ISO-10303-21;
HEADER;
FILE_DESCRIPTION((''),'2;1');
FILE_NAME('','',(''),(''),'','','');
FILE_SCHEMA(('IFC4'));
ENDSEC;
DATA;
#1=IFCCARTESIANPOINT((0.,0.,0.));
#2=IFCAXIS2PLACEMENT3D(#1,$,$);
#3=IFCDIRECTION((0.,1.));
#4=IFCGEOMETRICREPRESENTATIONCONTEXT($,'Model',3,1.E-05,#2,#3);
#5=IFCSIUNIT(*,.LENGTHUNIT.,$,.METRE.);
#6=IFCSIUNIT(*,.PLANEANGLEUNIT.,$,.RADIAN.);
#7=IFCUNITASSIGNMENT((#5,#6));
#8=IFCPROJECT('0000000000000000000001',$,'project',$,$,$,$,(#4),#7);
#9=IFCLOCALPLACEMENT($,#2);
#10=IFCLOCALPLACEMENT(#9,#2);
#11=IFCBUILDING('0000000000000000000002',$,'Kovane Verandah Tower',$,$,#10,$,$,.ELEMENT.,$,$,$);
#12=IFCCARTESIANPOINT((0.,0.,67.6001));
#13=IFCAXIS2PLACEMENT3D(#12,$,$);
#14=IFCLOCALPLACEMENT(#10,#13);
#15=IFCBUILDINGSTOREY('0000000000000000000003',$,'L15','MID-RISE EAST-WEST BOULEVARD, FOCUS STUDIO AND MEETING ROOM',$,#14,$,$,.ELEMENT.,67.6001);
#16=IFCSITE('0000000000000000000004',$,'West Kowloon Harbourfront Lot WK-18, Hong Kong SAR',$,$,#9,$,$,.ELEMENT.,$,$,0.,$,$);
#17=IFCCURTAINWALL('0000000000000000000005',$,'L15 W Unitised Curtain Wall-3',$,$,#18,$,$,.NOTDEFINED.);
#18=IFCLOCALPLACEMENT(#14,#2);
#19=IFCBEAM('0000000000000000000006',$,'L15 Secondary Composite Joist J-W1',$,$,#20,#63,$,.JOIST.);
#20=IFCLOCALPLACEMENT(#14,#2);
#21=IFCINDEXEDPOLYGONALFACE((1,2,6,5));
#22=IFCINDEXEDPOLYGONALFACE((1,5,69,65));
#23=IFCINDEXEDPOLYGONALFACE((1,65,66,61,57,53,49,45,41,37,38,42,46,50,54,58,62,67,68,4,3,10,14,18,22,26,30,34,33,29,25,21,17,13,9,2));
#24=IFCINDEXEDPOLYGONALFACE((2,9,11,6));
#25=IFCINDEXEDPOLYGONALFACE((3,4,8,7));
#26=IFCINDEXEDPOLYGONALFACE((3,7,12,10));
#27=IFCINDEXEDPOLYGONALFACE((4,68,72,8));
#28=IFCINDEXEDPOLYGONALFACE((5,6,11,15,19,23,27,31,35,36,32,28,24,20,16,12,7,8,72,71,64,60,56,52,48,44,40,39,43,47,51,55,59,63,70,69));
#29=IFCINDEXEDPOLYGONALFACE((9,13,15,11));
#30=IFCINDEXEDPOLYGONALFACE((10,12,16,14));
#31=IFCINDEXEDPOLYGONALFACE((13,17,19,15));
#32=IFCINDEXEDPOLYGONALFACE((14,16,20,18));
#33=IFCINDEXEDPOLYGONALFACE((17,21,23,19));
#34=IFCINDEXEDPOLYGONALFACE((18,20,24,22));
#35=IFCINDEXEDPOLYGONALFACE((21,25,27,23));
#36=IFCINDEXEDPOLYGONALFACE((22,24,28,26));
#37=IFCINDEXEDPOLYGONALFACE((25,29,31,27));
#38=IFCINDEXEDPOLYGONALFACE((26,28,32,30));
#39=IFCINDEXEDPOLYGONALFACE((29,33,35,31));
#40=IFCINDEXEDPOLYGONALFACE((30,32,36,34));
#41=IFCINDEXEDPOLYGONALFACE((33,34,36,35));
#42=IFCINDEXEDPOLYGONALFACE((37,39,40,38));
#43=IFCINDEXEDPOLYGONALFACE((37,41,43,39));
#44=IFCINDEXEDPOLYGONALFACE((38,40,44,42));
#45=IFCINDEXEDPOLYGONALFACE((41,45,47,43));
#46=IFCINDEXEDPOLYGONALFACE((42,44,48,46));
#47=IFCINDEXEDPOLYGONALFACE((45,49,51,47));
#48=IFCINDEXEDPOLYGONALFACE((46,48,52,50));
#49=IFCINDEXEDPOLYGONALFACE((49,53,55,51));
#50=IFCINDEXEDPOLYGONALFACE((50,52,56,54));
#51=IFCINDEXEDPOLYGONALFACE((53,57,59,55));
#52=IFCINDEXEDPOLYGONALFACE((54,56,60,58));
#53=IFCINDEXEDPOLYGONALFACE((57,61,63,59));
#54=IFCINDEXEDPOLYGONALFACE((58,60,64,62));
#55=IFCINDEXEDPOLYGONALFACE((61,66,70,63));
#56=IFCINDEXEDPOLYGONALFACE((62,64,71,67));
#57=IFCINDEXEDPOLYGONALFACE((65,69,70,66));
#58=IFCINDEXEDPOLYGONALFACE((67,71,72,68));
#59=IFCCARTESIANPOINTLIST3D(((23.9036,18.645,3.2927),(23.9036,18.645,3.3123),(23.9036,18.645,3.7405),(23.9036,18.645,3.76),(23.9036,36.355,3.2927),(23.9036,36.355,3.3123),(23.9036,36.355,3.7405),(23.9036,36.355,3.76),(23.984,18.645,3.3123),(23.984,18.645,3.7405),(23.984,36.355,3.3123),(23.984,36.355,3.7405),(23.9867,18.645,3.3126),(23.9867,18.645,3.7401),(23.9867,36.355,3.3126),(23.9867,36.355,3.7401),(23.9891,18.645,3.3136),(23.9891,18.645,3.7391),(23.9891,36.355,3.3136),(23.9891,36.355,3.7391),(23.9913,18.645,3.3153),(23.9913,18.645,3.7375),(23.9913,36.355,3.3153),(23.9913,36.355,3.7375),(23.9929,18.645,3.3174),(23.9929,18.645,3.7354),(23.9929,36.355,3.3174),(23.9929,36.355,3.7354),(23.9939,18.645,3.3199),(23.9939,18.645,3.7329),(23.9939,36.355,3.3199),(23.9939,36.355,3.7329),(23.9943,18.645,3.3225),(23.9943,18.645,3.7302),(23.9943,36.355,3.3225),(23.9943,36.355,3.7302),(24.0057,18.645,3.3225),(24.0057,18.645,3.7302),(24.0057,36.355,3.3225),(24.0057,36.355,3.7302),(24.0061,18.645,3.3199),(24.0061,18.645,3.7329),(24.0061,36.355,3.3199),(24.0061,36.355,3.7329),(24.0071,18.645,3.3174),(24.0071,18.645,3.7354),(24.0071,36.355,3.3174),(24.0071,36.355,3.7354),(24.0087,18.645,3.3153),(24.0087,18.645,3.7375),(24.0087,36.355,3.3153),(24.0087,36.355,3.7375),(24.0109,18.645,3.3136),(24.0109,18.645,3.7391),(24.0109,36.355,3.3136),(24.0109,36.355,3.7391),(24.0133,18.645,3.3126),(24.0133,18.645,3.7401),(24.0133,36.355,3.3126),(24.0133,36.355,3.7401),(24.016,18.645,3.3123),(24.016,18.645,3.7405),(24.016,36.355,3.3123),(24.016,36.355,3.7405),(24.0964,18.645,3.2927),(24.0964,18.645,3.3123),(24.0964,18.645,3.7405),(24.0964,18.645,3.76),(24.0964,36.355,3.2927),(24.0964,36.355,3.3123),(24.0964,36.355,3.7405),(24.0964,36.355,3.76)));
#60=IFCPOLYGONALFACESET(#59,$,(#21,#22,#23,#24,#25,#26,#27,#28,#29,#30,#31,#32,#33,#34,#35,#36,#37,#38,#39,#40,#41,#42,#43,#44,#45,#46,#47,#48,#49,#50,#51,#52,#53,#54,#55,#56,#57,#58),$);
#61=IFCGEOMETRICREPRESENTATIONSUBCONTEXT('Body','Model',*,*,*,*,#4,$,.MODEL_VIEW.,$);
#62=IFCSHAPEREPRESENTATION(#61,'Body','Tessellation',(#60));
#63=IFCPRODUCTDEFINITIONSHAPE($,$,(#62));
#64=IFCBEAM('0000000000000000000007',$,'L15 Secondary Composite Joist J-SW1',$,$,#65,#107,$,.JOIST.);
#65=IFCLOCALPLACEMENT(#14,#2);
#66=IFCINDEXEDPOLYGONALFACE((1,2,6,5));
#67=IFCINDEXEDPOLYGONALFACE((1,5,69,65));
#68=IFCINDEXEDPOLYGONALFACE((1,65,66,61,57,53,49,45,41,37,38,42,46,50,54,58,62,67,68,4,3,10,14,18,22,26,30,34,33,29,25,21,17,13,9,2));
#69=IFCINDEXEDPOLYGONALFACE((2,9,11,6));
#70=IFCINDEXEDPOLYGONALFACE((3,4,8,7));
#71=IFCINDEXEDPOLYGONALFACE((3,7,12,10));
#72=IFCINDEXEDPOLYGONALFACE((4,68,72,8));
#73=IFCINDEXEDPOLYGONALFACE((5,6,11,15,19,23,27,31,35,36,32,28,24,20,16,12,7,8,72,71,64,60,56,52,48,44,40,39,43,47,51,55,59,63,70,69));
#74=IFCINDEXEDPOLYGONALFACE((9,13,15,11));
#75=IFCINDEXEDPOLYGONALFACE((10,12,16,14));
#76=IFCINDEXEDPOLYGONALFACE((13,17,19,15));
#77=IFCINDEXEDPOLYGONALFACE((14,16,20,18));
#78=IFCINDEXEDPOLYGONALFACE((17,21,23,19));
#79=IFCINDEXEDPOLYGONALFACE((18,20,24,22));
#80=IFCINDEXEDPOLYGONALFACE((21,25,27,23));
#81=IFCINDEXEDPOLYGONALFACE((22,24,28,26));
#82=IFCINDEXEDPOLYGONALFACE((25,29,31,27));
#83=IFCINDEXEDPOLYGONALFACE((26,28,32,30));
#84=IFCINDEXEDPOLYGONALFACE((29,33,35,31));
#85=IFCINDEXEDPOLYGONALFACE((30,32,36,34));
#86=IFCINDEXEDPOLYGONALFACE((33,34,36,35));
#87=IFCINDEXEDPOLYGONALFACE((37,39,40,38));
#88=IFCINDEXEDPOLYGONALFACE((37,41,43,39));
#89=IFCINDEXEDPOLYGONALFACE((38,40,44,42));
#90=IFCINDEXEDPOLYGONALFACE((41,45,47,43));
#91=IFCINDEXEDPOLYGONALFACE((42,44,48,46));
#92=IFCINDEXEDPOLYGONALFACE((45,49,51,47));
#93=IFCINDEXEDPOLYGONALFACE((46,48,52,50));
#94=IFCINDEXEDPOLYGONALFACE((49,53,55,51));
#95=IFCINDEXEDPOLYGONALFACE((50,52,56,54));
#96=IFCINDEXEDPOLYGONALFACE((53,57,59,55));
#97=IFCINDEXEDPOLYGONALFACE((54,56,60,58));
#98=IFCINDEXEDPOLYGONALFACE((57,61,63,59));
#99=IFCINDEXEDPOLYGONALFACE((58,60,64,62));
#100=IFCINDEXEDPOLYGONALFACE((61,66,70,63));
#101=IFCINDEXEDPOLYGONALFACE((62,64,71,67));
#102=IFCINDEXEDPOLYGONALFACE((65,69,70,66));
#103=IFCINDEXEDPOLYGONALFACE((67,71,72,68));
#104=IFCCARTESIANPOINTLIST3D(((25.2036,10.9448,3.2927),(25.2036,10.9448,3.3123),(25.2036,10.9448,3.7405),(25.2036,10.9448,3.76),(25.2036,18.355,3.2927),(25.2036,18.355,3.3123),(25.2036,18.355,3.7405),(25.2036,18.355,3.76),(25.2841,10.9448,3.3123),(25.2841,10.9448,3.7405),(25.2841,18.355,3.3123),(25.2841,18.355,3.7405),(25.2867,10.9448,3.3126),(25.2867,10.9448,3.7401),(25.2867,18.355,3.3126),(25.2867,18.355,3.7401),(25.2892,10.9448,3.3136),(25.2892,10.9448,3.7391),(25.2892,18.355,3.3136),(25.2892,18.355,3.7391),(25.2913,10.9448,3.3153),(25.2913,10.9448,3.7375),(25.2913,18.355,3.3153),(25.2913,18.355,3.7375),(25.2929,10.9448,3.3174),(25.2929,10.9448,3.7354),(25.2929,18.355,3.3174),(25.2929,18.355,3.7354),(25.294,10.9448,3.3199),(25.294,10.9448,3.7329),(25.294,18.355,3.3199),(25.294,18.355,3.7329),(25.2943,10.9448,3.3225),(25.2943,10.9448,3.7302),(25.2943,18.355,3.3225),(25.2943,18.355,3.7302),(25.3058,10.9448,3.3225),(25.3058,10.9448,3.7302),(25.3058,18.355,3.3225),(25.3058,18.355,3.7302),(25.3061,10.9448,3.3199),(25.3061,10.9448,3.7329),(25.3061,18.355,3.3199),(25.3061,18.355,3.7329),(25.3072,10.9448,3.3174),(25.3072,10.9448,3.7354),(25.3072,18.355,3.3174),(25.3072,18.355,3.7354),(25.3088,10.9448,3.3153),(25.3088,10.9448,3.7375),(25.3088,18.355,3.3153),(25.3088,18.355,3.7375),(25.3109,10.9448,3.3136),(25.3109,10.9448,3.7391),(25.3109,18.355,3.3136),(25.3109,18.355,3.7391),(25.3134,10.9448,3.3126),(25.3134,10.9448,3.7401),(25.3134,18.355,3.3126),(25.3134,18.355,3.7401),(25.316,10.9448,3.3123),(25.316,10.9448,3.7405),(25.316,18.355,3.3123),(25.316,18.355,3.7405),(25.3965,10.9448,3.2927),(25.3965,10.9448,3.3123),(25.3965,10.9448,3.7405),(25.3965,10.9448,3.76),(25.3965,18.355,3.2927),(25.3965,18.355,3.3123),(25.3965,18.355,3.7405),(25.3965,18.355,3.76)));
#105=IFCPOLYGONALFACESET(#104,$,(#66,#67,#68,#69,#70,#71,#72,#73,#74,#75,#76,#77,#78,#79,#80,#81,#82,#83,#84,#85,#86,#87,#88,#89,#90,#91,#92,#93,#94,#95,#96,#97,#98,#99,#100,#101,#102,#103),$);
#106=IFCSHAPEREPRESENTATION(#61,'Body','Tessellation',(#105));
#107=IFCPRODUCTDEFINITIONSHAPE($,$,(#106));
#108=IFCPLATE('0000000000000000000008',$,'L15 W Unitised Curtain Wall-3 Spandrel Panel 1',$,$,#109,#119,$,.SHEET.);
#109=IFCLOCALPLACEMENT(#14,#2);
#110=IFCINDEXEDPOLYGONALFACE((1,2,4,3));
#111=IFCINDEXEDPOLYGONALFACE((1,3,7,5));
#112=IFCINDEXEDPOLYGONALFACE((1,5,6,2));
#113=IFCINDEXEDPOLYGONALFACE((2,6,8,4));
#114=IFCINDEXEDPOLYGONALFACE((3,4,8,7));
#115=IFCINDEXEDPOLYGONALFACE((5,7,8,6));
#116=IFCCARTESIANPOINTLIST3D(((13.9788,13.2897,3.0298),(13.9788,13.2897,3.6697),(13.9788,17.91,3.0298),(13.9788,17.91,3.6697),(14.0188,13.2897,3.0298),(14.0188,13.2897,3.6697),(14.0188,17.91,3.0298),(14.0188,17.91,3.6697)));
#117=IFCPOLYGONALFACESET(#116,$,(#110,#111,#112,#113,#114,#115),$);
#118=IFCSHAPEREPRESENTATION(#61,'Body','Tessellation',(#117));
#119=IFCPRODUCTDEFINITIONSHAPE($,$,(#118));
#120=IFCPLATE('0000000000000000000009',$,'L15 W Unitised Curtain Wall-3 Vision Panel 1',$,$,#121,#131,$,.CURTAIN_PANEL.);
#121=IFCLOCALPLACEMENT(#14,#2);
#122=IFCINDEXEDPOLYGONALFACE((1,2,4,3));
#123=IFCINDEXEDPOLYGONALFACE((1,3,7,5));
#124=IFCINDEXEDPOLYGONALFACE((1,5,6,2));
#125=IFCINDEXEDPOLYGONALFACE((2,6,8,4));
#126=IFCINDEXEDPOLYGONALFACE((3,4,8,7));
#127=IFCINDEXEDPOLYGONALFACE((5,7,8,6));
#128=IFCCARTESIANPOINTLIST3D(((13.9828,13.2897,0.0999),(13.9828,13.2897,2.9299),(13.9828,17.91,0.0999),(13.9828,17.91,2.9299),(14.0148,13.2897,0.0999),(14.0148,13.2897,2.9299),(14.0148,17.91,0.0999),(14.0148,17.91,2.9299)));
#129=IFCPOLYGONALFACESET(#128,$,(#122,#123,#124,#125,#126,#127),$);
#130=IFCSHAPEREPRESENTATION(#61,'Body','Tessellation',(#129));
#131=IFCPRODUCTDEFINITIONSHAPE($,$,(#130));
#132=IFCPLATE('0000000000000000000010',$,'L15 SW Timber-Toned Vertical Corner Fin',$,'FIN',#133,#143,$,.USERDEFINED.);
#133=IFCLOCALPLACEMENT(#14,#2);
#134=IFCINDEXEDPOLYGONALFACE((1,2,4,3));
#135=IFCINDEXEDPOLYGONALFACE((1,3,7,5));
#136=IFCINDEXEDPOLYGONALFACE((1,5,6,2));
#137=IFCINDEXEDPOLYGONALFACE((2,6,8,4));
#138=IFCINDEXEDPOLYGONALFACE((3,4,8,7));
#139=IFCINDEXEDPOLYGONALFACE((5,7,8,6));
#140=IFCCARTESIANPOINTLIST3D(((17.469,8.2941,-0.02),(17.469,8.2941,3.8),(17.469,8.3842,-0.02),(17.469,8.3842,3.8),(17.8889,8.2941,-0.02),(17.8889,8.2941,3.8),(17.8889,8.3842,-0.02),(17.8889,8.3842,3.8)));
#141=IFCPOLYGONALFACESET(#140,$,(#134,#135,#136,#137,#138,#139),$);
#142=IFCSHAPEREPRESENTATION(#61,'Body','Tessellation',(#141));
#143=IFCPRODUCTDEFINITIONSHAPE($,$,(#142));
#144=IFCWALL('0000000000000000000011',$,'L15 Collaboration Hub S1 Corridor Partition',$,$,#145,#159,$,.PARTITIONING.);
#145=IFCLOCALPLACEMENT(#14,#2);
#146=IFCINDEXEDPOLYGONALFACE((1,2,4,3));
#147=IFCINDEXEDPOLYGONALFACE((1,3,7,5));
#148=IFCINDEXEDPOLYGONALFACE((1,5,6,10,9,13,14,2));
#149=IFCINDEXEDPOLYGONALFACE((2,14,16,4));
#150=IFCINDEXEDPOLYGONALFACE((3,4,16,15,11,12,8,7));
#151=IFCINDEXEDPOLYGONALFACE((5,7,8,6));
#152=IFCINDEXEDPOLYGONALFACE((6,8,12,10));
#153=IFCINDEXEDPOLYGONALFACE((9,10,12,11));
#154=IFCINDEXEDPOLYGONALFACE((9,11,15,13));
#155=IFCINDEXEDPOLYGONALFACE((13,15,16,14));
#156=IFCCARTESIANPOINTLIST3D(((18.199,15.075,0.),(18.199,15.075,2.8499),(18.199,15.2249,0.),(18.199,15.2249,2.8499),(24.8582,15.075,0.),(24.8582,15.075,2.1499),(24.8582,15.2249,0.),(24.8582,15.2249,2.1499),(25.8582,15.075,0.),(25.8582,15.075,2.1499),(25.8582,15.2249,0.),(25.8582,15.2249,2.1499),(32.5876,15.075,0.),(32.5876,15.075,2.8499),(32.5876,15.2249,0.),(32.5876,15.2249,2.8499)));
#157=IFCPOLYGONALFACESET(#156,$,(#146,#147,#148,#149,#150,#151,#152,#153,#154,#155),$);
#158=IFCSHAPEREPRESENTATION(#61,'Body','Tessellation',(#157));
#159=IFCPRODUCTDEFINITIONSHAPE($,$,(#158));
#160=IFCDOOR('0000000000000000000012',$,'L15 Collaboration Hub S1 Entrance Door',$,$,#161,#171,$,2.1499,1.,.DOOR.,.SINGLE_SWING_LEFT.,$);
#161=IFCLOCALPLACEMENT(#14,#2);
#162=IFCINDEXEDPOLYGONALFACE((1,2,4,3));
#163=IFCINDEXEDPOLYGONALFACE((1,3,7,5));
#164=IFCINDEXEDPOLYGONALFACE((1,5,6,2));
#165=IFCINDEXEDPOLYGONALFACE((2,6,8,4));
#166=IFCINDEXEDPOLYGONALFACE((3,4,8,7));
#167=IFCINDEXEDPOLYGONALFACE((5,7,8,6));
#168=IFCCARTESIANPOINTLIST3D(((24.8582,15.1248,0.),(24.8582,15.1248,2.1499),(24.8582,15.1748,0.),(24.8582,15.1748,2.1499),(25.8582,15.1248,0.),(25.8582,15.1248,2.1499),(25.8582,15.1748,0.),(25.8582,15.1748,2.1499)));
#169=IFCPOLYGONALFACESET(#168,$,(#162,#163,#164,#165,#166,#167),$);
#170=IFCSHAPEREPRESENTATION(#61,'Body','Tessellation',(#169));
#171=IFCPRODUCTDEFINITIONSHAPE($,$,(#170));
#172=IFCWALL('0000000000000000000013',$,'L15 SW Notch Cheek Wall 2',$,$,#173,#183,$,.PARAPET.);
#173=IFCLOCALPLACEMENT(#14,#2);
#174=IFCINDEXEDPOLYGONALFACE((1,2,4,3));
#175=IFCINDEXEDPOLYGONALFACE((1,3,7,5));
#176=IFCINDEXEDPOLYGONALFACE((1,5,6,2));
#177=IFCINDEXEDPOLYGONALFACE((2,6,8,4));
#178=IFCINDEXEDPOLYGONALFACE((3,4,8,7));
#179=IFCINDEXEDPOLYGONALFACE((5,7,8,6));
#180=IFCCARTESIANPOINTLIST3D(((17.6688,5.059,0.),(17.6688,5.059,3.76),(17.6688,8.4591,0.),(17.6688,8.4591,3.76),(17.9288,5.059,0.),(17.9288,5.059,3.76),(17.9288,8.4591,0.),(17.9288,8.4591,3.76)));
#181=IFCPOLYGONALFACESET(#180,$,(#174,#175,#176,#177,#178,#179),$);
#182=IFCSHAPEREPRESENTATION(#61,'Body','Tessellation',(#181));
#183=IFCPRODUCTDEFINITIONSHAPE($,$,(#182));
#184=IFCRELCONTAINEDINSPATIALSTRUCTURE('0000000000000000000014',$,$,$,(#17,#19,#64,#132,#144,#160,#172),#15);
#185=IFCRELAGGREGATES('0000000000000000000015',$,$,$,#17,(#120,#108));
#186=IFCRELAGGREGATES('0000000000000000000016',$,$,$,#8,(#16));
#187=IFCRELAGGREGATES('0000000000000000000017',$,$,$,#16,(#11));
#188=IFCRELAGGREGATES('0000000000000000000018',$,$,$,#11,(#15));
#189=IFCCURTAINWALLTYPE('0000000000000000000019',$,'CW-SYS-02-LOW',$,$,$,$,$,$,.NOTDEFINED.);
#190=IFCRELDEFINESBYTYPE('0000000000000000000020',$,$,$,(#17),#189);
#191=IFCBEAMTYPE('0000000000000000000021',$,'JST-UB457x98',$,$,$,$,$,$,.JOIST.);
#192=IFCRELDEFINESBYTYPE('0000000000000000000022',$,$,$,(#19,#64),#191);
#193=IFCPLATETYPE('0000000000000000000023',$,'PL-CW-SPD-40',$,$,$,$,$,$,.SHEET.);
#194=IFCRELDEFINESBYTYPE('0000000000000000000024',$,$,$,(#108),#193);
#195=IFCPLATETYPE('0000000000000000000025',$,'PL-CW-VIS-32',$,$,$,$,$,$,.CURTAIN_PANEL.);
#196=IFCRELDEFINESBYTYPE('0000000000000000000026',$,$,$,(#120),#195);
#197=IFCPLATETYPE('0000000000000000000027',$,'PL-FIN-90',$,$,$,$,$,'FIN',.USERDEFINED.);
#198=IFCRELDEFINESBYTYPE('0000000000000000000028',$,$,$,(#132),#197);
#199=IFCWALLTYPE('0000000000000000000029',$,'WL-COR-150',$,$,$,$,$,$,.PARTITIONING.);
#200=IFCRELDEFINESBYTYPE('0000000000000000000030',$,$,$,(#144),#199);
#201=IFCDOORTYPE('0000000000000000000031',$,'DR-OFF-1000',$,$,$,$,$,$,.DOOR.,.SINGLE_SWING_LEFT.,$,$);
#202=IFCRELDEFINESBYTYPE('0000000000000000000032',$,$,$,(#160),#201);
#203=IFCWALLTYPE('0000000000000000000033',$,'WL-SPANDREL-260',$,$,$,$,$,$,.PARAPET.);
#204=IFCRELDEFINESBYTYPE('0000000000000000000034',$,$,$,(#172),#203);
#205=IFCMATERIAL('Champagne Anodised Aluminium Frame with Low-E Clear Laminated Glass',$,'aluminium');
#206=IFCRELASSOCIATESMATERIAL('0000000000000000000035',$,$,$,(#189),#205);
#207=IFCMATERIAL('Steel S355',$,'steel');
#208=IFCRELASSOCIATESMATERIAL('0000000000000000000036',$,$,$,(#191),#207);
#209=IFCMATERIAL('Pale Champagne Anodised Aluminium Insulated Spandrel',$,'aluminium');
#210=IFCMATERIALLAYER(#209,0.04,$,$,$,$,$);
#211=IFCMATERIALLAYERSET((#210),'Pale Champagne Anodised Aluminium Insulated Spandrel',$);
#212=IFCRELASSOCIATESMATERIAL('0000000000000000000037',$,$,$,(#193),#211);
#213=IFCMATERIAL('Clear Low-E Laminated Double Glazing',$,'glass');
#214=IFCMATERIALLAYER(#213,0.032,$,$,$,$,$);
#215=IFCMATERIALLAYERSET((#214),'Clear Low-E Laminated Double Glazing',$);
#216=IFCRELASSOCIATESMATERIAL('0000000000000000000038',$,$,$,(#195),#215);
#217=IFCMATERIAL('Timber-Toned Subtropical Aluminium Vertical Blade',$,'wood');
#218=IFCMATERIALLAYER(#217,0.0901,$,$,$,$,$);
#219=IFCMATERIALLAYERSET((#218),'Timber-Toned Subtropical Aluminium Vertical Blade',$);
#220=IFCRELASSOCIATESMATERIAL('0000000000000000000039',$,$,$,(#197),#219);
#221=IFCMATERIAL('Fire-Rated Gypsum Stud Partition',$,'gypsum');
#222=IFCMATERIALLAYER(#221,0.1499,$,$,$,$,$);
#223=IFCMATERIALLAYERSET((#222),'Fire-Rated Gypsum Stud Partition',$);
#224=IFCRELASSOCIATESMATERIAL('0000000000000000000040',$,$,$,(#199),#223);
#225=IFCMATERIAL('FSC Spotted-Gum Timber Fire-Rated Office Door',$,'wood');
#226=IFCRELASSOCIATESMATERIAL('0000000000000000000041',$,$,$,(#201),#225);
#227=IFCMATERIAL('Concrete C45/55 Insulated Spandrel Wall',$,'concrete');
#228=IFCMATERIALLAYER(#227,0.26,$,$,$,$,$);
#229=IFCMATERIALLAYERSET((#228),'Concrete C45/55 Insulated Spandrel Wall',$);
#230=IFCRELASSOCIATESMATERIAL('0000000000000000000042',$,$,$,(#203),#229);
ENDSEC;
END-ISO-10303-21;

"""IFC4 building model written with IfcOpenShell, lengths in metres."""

from ifc_helpers import new_model, si_unit, direction, frame, frame_2d, origin, origin_2d, place, context, subcontext, project, spatial, rectangle, i_section, extrude, material, layer, layer_set, material_profile, profile_set, type_object, element, fill, aggregate, save


model = new_model("IFC4")

# Units and contexts
model_context = context("Model", 3, precision=1e-05, world=origin(), true_north=direction((0.0, 1.0)))
body_context = subcontext(model_context, "Body", "Model", "MODEL_VIEW")
ifc_project = project(units=[si_unit("LENGTHUNIT", "METRE"), si_unit("PLANEANGLEUNIT", "RADIAN")], contexts=[model_context])

# Site, building, storey
site_placement = place(None, origin())
site = spatial("IfcSite", under=ifc_project, at=site_placement, Name="West Kowloon Harbourfront Lot WK-18, Hong Kong SAR", CompositionType="ELEMENT", RefElevation=0.0)
building_placement = place(site_placement, origin())
building = spatial("IfcBuilding", under=site, at=building_placement, Name="Kovane Verandah Tower", CompositionType="ELEMENT")
storey_placement = place(building_placement, frame((0.0, 0.0, 67.6001)))
storey = spatial("IfcBuildingStorey", under=building, at=storey_placement, Name="L15", Description="MID-RISE EAST-WEST BOULEVARD, FOCUS STUDIO AND MEETING ROOM", CompositionType="ELEMENT", Elevation=67.6001)

# Shared definitions
ifc_material_1 = material(Name="Steel S355", Category="steel")

# Shared definitions
ifc_material_2 = material(Name="Champagne Anodised Aluminium Frame with Low-E Clear Laminated Glass", Category="aluminium")
curtain_wall_type = type_object("IfcCurtainWallType", Name="CW-SYS-02-LOW", PredefinedType="NOTDEFINED", material=ifc_material_2)

# Curtain wall
curtain_wall_1_placement = place(storey_placement, origin())
curtain_wall_1 = element("IfcCurtainWall", 1, at=curtain_wall_1_placement, inside=storey, type_object=curtain_wall_type, Name="L15 W Unitised Curtain Wall-3", PredefinedType="NOTDEFINED")

# Beams
ifc_material_profile_1 = material_profile(ifc_material_1, i_section(OverallWidth=0.1929, OverallDepth=0.4673, WebThickness=0.0115, FlangeThickness=0.0195, FilletRadius=0.0103, at=origin_2d()), Name="UB457x191x98")
ifc_profile_set_1 = profile_set([ifc_material_profile_1], Name="Steel S355")
beam_type_1 = type_object("IfcBeamType", Name="JST-UB457x98", PredefinedType="JOIST", material=ifc_profile_set_1)
beam_1_placement = place(storey_placement, frame((24.0, 18.645, 3.5264), z_axis=(0.0, 1.0, 0.0), x_axis=(-1.0, 0.0, 0.0)))
element("IfcBeam", 2, at=beam_1_placement, inside=storey, type_object=beam_type_1, Name="L15 Secondary Composite Joist J-W1", PredefinedType="JOIST", context=body_context, shape_type="SweptSolid", body=[
    extrude(i_section(OverallWidth=0.1929, OverallDepth=0.4673, WebThickness=0.0115, FlangeThickness=0.0195, FilletRadius=0.0103, at=origin_2d()), origin(), (0.0, 0.0, 1.0), 17.71),
])
beam_2_placement = place(storey_placement, frame((25.3, 10.9448, 3.5264), z_axis=(0.0, 1.0, 0.0), x_axis=(-1.0, 0.0, 0.0)))
element("IfcBeam", 3, at=beam_2_placement, inside=storey, type_object=beam_type_1, Name="L15 Secondary Composite Joist J-SW1", PredefinedType="JOIST", context=body_context, shape_type="SweptSolid", body=[
    extrude(i_section(OverallWidth=0.1929, OverallDepth=0.4673, WebThickness=0.0115, FlangeThickness=0.0195, FilletRadius=0.0103, at=origin_2d()), origin(), (0.0, 0.0, 1.0), 7.4102),
])

# Plates
ifc_material_3 = material(Name="Pale Champagne Anodised Aluminium Insulated Spandrel", Category="aluminium")
ifc_layer_1 = layer(ifc_material_3, 0.04)
ifc_layer_set_1 = layer_set([ifc_layer_1], Name="Pale Champagne Anodised Aluminium Insulated Spandrel")
plate_type_1 = type_object("IfcPlateType", Name="PL-CW-SPD-40", PredefinedType="SHEET", material=ifc_layer_set_1)
plate_1_placement = place(storey_placement, frame((13.9988, 15.5999, 3.0298), z_axis=(0.0, 0.0, 1.0), x_axis=(0.0, -1.0, 0.0)))
plate_1 = element("IfcPlate", 4, at=plate_1_placement, type_object=plate_type_1, Name="L15 W Unitised Curtain Wall-3 Spandrel Panel 1", PredefinedType="SHEET", context=body_context, shape_type="SweptSolid", body=[
    extrude(rectangle(XDim=4.6204, YDim=0.04, at=origin_2d()), origin(), (0.0, 0.0, 1.0), 0.6399),
])
ifc_material_4 = material(Name="Clear Low-E Laminated Double Glazing", Category="glass")
ifc_layer_2 = layer(ifc_material_4, 0.032)
ifc_layer_set_2 = layer_set([ifc_layer_2], Name="Clear Low-E Laminated Double Glazing")
plate_type_2 = type_object("IfcPlateType", Name="PL-CW-VIS-32", PredefinedType="CURTAIN_PANEL", material=ifc_layer_set_2)
plate_2_placement = place(storey_placement, frame((13.9988, 15.5999, 0.0999), z_axis=(0.0, 0.0, 1.0), x_axis=(0.0, -1.0, 0.0)))
plate_2 = element("IfcPlate", 5, at=plate_2_placement, type_object=plate_type_2, Name="L15 W Unitised Curtain Wall-3 Vision Panel 1", PredefinedType="CURTAIN_PANEL", context=body_context, shape_type="SweptSolid", body=[
    extrude(rectangle(XDim=4.6204, YDim=0.032, at=origin_2d()), origin(), (0.0, 0.0, 1.0), 2.8301),
])
aggregate(curtain_wall_1, [plate_2, plate_1])
ifc_material_5 = material(Name="Timber-Toned Subtropical Aluminium Vertical Blade", Category="wood")
ifc_layer_3 = layer(ifc_material_5, 0.0901)
ifc_layer_set_3 = layer_set([ifc_layer_3], Name="Timber-Toned Subtropical Aluminium Vertical Blade")
plate_type_3 = type_object("IfcPlateType", Name="PL-FIN-90", ElementType="FIN", PredefinedType="USERDEFINED", material=ifc_layer_set_3)
plate_3_placement = place(storey_placement, frame((17.679, 8.3391, -0.02), z_axis=(0.0, 0.0, 1.0), x_axis=(1.0, 0.0, 0.0)))
element("IfcPlate", 6, at=plate_3_placement, inside=storey, type_object=plate_type_3, Name="L15 SW Timber-Toned Vertical Corner Fin", ObjectType="FIN", PredefinedType="USERDEFINED", context=body_context, shape_type="SweptSolid", body=[
    extrude(rectangle(XDim=0.4199, YDim=0.0901, at=origin_2d()), origin(), (0.0, 0.0, 1.0), 3.8201),
])

# Wall, opening, door
ifc_material_6 = material(Name="Fire-Rated Gypsum Stud Partition", Category="gypsum")
ifc_layer_4 = layer(ifc_material_6, 0.1499)
ifc_layer_set_4 = layer_set([ifc_layer_4], Name="Fire-Rated Gypsum Stud Partition")
wall_type_1 = type_object("IfcWallType", Name="WL-COR-150", PredefinedType="PARTITIONING", material=ifc_layer_set_4)
wall_1_placement = place(storey_placement, frame((18.199, 15.1499, 0.0), z_axis=(0.0, 0.0, 1.0), x_axis=(1.0, 0.0, 0.0)))
wall_1 = element("IfcWall", 7, at=wall_1_placement, inside=storey, type_object=wall_type_1, Name="L15 Collaboration Hub S1 Corridor Partition", PredefinedType="PARTITIONING", context=body_context, shape_type="SweptSolid", body=[
    extrude(rectangle(XDim=14.3887, YDim=0.1499, at=frame_2d((7.1943, 0.0))), origin(), (0.0, 0.0, 1.0), 2.8499),
])
opening_1_placement = place(wall_1_placement, frame((6.6592, 0.0, 0.0)))
opening_1 = element("IfcOpeningElement", 8, at=opening_1_placement, cuts=wall_1, PredefinedType="OPENING", context=body_context, shape_type="SweptSolid", body=[
    extrude(rectangle(XDim=1.0, YDim=2.1499, at=frame_2d((0.5, 1.075))), frame((0.0, 0.075, 0.0), z_axis=(0.0, -1.0, 0.0), x_axis=(1.0, 0.0, 0.0)), (0.0, 0.0, 1.0), 0.1499),
])
ifc_material_7 = material(Name="FSC Spotted-Gum Timber Fire-Rated Office Door", Category="wood")
door_type_1 = type_object("IfcDoorType", Name="DR-OFF-1000", OperationType="SINGLE_SWING_LEFT", PredefinedType="DOOR", material=ifc_material_7)
door_1_placement = place(opening_1_placement, origin())
door_1 = element("IfcDoor", 9, at=door_1_placement, inside=storey, type_object=door_type_1, Name="L15 Collaboration Hub S1 Entrance Door", OperationType="SINGLE_SWING_LEFT", OverallHeight=2.1499, OverallWidth=1.0, PredefinedType="DOOR", context=body_context, shape_type="SweptSolid", body=[
    extrude(rectangle(XDim=1.0, YDim=2.1499, at=frame_2d((0.5, 1.075))), frame((0.0, 0.0249, 0.0), z_axis=(0.0, -1.0, 0.0), x_axis=(1.0, 0.0, 0.0)), (0.0, 0.0, 1.0), 0.05),
])
fill(opening_1, door_1)

# Shared definitions
ifc_material_8 = material(Name="Concrete C45/55 Insulated Spandrel Wall", Category="concrete")
ifc_layer_5 = layer(ifc_material_8, 0.26)
ifc_layer_set_5 = layer_set([ifc_layer_5], Name="Concrete C45/55 Insulated Spandrel Wall")
wall_type_2 = type_object("IfcWallType", Name="WL-SPANDREL-260", PredefinedType="PARAPET", material=ifc_layer_set_5)

# Wall
wall_2_placement = place(storey_placement, frame((17.7988, 8.4592, 0.0), z_axis=(0.0, 0.0, 1.0), x_axis=(0.0, -1.0, 0.0)))
element("IfcWall", 10, at=wall_2_placement, inside=storey, type_object=wall_type_2, Name="L15 SW Notch Cheek Wall 2", PredefinedType="PARAPET", context=body_context, shape_type="SweptSolid", body=[
    extrude(rectangle(XDim=3.4001, YDim=0.26, at=frame_2d((1.7002, 0.0))), origin(), (0.0, 0.0, 1.0), 3.76),
])

save(model, "model.ifc")
